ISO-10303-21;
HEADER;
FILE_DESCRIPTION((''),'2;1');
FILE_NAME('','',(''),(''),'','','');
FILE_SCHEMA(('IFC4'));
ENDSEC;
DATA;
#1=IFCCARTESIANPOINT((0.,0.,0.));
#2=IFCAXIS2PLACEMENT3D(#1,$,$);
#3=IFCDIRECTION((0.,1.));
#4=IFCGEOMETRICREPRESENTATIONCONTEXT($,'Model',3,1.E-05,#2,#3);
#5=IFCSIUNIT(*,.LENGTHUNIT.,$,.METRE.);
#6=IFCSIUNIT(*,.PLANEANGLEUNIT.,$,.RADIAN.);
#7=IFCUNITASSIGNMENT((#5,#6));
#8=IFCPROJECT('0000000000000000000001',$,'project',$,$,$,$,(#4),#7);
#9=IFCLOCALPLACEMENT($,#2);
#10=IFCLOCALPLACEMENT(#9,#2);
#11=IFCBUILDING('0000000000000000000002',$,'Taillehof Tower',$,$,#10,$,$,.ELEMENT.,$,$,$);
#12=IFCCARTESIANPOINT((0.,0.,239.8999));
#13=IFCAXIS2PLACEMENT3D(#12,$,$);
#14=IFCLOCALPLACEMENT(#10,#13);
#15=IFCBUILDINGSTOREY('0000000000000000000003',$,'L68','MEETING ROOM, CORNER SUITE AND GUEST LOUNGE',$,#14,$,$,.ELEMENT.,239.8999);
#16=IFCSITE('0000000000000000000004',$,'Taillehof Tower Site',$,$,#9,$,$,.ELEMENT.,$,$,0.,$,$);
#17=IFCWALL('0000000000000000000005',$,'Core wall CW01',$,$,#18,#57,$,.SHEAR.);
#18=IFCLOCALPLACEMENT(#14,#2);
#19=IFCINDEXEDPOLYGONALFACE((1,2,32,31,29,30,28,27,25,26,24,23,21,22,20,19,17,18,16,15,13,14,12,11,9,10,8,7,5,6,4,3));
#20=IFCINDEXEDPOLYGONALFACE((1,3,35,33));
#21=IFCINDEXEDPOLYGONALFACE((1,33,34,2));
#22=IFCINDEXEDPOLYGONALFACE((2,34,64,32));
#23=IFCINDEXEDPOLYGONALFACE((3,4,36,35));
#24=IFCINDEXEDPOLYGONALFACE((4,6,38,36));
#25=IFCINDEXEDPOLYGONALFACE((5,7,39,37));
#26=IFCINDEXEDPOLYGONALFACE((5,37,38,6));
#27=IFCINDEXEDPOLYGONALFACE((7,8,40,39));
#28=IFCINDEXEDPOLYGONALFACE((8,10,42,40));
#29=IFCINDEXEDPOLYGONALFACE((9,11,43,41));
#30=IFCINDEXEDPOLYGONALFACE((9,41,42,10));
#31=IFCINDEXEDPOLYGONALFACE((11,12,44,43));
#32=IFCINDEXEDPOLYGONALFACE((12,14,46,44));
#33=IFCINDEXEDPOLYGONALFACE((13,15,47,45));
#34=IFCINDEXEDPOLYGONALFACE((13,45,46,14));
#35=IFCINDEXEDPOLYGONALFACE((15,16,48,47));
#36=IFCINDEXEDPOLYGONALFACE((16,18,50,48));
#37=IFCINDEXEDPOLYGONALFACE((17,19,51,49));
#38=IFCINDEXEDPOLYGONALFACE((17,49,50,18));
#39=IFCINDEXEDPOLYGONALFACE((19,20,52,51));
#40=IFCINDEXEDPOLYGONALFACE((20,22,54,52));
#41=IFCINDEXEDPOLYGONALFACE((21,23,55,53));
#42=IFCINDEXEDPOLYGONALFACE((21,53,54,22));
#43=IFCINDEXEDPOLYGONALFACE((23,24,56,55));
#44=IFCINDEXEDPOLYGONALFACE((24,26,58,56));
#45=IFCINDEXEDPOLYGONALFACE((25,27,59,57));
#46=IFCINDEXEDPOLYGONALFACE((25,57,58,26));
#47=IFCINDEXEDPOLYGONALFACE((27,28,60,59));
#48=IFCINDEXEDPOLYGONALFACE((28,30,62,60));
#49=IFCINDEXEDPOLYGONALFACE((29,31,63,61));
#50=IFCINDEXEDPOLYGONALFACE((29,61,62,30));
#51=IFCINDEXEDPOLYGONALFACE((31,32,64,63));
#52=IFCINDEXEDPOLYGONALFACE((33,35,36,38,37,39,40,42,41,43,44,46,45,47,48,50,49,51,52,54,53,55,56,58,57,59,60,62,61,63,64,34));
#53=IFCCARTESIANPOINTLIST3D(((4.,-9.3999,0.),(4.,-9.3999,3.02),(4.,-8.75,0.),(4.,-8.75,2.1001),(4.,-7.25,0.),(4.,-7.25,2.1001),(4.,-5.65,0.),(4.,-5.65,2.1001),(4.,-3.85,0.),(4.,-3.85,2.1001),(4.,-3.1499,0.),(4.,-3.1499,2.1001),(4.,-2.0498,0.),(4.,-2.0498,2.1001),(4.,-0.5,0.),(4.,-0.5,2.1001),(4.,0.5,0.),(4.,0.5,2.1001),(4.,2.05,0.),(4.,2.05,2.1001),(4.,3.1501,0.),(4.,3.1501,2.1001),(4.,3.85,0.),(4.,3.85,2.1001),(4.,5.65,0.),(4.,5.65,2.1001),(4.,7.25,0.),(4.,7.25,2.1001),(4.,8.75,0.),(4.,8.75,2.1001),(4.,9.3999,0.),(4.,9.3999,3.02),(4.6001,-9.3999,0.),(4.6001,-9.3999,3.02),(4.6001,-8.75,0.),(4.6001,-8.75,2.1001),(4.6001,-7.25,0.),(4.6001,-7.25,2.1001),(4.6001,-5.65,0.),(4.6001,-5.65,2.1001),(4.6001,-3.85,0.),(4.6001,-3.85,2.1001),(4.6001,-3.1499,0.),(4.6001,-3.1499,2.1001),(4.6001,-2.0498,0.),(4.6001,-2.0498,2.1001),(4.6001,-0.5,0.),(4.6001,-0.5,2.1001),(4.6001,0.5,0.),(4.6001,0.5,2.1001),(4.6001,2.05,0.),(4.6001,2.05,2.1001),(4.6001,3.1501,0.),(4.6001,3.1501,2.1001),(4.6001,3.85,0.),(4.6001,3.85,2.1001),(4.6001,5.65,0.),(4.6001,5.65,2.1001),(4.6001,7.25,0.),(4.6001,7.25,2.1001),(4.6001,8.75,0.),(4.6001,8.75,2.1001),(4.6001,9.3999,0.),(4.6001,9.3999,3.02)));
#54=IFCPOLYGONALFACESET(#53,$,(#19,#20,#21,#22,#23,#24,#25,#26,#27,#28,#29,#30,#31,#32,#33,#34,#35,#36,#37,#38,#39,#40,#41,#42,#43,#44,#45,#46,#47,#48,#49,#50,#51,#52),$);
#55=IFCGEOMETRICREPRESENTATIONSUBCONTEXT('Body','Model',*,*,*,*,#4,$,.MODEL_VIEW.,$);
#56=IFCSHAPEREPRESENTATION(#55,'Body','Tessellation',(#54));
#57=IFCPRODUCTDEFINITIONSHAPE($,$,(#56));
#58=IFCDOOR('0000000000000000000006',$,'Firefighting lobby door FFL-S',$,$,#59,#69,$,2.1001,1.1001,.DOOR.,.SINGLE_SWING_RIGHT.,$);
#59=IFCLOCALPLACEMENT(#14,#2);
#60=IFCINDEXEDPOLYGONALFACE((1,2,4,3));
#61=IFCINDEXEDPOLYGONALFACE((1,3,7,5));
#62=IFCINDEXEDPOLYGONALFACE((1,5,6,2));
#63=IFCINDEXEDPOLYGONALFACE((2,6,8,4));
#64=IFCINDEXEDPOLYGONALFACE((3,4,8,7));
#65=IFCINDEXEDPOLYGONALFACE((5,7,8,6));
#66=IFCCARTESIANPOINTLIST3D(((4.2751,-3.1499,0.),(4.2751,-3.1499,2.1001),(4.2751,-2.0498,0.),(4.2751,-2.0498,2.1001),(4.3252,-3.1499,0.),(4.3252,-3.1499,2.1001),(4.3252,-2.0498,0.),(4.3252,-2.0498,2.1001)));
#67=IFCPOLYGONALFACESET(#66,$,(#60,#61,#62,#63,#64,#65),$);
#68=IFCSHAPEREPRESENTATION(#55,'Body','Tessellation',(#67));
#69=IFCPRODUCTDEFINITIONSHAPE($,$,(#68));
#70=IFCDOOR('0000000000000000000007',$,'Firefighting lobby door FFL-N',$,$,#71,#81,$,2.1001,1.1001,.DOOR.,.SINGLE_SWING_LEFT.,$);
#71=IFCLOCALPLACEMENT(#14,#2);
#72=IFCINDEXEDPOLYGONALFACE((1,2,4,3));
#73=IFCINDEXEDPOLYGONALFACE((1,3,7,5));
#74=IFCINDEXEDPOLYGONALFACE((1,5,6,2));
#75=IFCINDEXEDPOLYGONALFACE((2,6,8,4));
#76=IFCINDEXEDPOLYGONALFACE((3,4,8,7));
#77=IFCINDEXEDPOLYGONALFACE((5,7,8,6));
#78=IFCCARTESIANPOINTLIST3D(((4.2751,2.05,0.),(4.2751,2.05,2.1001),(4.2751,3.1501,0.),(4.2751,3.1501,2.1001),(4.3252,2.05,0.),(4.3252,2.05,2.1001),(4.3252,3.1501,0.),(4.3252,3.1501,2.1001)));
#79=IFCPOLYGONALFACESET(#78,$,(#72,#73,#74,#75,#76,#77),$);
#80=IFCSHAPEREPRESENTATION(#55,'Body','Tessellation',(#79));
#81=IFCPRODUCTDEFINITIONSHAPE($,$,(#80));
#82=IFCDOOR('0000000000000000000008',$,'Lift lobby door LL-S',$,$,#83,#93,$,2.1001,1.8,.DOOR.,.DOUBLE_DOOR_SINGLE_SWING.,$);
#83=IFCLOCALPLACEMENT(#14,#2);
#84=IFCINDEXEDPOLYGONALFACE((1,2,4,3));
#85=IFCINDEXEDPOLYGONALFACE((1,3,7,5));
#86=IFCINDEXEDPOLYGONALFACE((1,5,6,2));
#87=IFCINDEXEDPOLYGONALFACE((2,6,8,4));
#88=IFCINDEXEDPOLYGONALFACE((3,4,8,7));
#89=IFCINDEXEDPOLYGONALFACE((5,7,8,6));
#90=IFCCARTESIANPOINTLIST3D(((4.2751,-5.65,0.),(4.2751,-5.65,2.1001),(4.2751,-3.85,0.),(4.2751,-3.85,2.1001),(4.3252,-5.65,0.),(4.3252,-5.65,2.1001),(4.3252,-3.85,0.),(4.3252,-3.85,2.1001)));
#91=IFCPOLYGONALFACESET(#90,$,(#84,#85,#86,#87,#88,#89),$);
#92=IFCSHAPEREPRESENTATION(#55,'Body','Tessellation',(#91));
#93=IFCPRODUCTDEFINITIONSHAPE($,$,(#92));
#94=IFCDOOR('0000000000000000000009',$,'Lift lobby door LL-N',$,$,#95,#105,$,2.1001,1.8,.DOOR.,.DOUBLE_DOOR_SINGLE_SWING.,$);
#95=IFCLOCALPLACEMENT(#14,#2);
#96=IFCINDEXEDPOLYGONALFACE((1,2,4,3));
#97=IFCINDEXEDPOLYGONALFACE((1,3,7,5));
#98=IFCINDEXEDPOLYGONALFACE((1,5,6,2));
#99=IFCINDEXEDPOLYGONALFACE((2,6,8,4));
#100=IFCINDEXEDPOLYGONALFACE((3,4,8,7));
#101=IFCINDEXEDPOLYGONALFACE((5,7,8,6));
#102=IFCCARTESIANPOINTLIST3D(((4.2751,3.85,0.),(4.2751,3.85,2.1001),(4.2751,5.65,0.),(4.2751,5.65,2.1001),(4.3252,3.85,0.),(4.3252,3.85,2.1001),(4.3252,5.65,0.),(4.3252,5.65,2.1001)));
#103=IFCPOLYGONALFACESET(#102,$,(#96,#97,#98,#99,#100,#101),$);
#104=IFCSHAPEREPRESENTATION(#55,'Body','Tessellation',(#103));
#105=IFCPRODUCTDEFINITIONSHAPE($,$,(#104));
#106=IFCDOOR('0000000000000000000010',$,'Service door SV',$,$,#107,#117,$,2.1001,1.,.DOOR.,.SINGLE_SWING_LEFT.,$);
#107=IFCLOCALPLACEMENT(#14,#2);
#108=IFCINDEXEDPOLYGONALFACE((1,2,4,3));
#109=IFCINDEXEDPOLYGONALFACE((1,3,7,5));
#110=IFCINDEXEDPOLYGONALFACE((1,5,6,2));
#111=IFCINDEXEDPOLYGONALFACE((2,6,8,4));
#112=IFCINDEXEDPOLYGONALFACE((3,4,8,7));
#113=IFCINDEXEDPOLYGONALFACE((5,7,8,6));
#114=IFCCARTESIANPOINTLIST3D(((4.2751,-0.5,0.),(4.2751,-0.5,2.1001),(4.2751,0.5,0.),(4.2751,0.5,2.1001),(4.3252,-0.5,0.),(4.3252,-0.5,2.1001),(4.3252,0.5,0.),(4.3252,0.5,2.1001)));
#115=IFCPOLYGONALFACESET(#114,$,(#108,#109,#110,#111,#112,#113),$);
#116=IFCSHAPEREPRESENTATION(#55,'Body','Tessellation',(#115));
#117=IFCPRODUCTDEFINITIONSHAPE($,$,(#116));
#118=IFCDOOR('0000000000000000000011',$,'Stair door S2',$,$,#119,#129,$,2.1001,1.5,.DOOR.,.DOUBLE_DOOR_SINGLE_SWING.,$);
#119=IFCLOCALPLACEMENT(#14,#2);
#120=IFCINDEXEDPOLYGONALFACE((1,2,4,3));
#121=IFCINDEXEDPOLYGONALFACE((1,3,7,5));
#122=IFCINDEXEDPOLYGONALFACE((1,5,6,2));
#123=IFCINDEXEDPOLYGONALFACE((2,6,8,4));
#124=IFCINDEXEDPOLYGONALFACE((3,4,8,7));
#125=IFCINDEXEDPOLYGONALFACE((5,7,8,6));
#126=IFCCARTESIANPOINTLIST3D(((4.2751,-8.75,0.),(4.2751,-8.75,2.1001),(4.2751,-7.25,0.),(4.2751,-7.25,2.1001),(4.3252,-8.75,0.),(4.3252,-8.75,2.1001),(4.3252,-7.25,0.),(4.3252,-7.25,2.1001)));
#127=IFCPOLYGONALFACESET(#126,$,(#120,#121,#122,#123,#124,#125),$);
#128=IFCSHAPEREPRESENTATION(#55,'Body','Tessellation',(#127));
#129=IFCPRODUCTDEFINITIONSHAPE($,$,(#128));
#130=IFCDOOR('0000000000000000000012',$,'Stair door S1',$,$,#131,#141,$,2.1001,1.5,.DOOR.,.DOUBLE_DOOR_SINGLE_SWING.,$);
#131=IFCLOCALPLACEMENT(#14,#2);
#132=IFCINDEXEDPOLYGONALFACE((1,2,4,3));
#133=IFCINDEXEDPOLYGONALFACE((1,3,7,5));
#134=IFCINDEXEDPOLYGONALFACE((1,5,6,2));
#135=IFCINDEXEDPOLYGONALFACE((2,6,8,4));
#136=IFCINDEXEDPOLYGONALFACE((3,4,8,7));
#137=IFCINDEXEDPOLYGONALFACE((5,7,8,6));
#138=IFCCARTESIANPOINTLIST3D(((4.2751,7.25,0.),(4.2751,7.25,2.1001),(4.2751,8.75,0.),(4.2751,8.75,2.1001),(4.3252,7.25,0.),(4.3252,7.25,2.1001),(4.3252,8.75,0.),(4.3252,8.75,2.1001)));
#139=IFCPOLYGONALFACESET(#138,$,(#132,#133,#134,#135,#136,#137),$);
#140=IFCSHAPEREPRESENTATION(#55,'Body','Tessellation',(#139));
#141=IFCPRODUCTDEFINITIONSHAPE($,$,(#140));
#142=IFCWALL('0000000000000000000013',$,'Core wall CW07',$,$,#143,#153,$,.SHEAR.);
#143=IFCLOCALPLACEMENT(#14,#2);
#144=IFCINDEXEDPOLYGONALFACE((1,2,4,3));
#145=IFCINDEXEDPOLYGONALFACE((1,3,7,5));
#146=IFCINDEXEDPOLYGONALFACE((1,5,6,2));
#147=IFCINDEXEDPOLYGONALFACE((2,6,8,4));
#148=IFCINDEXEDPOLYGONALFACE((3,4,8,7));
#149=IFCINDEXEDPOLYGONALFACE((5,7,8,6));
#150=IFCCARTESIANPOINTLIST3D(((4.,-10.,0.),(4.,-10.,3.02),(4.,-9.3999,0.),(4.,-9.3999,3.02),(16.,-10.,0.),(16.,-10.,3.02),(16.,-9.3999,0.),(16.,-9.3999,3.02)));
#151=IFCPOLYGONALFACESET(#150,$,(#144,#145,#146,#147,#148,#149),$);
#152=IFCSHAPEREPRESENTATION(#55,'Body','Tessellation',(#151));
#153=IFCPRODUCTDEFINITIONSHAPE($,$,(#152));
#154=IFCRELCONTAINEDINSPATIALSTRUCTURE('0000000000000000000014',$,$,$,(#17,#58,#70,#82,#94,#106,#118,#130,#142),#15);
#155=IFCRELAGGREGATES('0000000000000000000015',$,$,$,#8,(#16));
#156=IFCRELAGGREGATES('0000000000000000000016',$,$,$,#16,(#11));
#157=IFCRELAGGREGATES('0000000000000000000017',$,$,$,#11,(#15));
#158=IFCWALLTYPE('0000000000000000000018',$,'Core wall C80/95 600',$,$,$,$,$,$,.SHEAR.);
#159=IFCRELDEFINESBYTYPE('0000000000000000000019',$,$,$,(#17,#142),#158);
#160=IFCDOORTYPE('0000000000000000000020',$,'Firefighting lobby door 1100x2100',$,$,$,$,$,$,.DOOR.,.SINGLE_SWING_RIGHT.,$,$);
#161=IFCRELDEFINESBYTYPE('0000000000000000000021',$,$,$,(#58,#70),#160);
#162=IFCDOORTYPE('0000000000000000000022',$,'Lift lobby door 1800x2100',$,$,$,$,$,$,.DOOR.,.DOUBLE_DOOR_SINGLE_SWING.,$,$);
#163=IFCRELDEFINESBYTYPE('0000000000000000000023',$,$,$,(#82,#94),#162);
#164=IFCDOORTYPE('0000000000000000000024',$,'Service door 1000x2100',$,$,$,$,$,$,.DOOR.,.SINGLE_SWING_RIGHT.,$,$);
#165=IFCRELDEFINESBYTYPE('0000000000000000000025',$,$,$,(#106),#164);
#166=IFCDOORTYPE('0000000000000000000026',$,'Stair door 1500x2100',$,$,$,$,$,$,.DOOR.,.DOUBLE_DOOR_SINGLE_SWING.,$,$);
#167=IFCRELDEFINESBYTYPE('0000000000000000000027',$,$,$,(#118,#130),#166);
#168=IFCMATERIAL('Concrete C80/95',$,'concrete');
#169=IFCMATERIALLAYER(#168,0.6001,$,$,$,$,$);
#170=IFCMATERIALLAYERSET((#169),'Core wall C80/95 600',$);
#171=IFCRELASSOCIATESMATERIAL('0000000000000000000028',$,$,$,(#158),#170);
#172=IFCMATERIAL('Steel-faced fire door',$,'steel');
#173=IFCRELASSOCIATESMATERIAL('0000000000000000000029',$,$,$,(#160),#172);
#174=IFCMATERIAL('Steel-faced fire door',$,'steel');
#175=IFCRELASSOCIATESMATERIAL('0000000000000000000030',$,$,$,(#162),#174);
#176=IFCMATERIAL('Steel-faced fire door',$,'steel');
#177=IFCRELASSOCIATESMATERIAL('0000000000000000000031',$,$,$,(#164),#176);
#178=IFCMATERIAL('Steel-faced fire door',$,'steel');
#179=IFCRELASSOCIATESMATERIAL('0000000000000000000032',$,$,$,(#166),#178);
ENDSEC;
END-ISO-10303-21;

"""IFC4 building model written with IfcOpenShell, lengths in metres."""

from ifc_helpers import new_model, si_unit, direction, frame, frame_2d, origin, place, context, subcontext, project, spatial, rectangle, extrude, material, layer, layer_set, type_object, element, fill, save


model = new_model("IFC4")

# Units and contexts
model_context = context("Model", 3, precision=1e-05, world=origin(), true_north=direction((0.0, 1.0)))
body_context = subcontext(model_context, "Body", "Model", "MODEL_VIEW")
ifc_project = project(units=[si_unit("LENGTHUNIT", "METRE"), si_unit("PLANEANGLEUNIT", "RADIAN")], contexts=[model_context])

# Site, building, storey
site_placement = place(None, origin())
site = spatial("IfcSite", under=ifc_project, at=site_placement, Name="Taillehof Tower Site", CompositionType="ELEMENT", RefElevation=0.0)
building_placement = place(site_placement, origin())
building = spatial("IfcBuilding", under=site, at=building_placement, Name="Taillehof Tower", CompositionType="ELEMENT")
storey_placement = place(building_placement, frame((0.0, 0.0, 239.8999)))
storey = spatial("IfcBuildingStorey", under=building, at=storey_placement, Name="L68", Description="MEETING ROOM, CORNER SUITE AND GUEST LOUNGE", CompositionType="ELEMENT", Elevation=239.8999)

# Wall, openings, doors
ifc_material_1 = material(Name="Concrete C80/95", Category="concrete")
ifc_layer_1 = layer(ifc_material_1, 0.6001)
ifc_layer_set_1 = layer_set([ifc_layer_1], Name="Core wall C80/95 600")
wall_type_1 = type_object("IfcWallType", Name="Core wall C80/95 600", PredefinedType="SHEAR", material=ifc_layer_set_1)
wall_1_placement = place(storey_placement, frame((4.3, -9.3999, 0.0), z_axis=(0.0, 0.0, 1.0), x_axis=(0.0, 1.0, 0.0)))
wall_1 = element("IfcWall", 1, at=wall_1_placement, inside=storey, type_object=wall_type_1, Name="Core wall CW01", PredefinedType="SHEAR", context=body_context, shape_type="SweptSolid", body=[
    extrude(rectangle(XDim=18.7998, YDim=0.6001, at=frame_2d((9.3999, 0.0))), origin(), (0.0, 0.0, 1.0), 3.02),
])
opening_1_placement = place(wall_1_placement, frame((0.6499, 0.0, 0.0)))
opening_1 = element("IfcOpeningElement", 2, at=opening_1_placement, cuts=wall_1, PredefinedType="OPENING", context=body_context, shape_type="SweptSolid", body=[
    extrude(rectangle(XDim=1.5, YDim=2.1001, at=frame_2d((0.75, 1.05))), frame((0.0, 0.3101, 0.0), z_axis=(0.0, -1.0, 0.0), x_axis=(1.0, 0.0, 0.0)), (0.0, 0.0, 1.0), 0.6201),
])
opening_2_placement = place(wall_1_placement, frame((3.75, 0.0, 0.0)))
opening_2 = element("IfcOpeningElement", 3, at=opening_2_placement, cuts=wall_1, PredefinedType="OPENING", context=body_context, shape_type="SweptSolid", body=[
    extrude(rectangle(XDim=1.8, YDim=2.1001, at=frame_2d((0.8999, 1.05))), frame((0.0, 0.3101, 0.0), z_axis=(0.0, -1.0, 0.0), x_axis=(1.0, 0.0, 0.0)), (0.0, 0.0, 1.0), 0.6201),
])
opening_3_placement = place(wall_1_placement, frame((6.25, 0.0, 0.0)))
opening_3 = element("IfcOpeningElement", 4, at=opening_3_placement, cuts=wall_1, PredefinedType="OPENING", context=body_context, shape_type="SweptSolid", body=[
    extrude(rectangle(XDim=1.1001, YDim=2.1001, at=frame_2d((0.55, 1.05))), frame((0.0, 0.3101, 0.0), z_axis=(0.0, -1.0, 0.0), x_axis=(1.0, 0.0, 0.0)), (0.0, 0.0, 1.0), 0.6201),
])
opening_4_placement = place(wall_1_placement, frame((8.8999, 0.0, 0.0)))
opening_4 = element("IfcOpeningElement", 5, at=opening_4_placement, cuts=wall_1, PredefinedType="OPENING", context=body_context, shape_type="SweptSolid", body=[
    extrude(rectangle(XDim=1.0, YDim=2.1001, at=frame_2d((0.5, 1.05))), frame((0.0, 0.3101, 0.0), z_axis=(0.0, -1.0, 0.0), x_axis=(1.0, 0.0, 0.0)), (0.0, 0.0, 1.0), 0.6201),
])
opening_5_placement = place(wall_1_placement, frame((11.45, 0.0, 0.0)))
opening_5 = element("IfcOpeningElement", 6, at=opening_5_placement, cuts=wall_1, PredefinedType="OPENING", context=body_context, shape_type="SweptSolid", body=[
    extrude(rectangle(XDim=1.1001, YDim=2.1001, at=frame_2d((0.55, 1.05))), frame((0.0, 0.3101, 0.0), z_axis=(0.0, -1.0, 0.0), x_axis=(1.0, 0.0, 0.0)), (0.0, 0.0, 1.0), 0.6201),
])
opening_6_placement = place(wall_1_placement, frame((13.25, 0.0, 0.0)))
opening_6 = element("IfcOpeningElement", 7, at=opening_6_placement, cuts=wall_1, PredefinedType="OPENING", context=body_context, shape_type="SweptSolid", body=[
    extrude(rectangle(XDim=1.8, YDim=2.1001, at=frame_2d((0.8999, 1.05))), frame((0.0, 0.3101, 0.0), z_axis=(0.0, -1.0, 0.0), x_axis=(1.0, 0.0, 0.0)), (0.0, 0.0, 1.0), 0.6201),
])
opening_7_placement = place(wall_1_placement, frame((16.6499, 0.0, 0.0)))
opening_7 = element("IfcOpeningElement", 8, at=opening_7_placement, cuts=wall_1, PredefinedType="OPENING", context=body_context, shape_type="SweptSolid", body=[
    extrude(rectangle(XDim=1.5, YDim=2.1001, at=frame_2d((0.75, 1.05))), frame((0.0, 0.3101, 0.0), z_axis=(0.0, -1.0, 0.0), x_axis=(1.0, 0.0, 0.0)), (0.0, 0.0, 1.0), 0.6201),
])
ifc_material_2 = material(Name="Steel-faced fire door", Category="steel")
door_type_1 = type_object("IfcDoorType", Name="Firefighting lobby door 1100x2100", OperationType="SINGLE_SWING_RIGHT", PredefinedType="DOOR", material=ifc_material_2)
door_1_placement = place(opening_3_placement, origin())
door_1 = element("IfcDoor", 9, at=door_1_placement, inside=storey, type_object=door_type_1, Name="Firefighting lobby door FFL-S", OperationType="SINGLE_SWING_RIGHT", OverallHeight=2.1001, OverallWidth=1.1001, PredefinedType="DOOR", context=body_context, shape_type="SweptSolid", body=[
    extrude(rectangle(XDim=1.1001, YDim=2.1001, at=frame_2d((0.55, 1.05))), frame((0.0, 0.0249, 0.0), z_axis=(0.0, -1.0, 0.0), x_axis=(1.0, 0.0, 0.0)), (0.0, 0.0, 1.0), 0.05),
])
fill(opening_3, door_1)
door_2_placement = place(opening_5_placement, origin())
door_2 = element("IfcDoor", 10, at=door_2_placement, inside=storey, type_object=door_type_1, Name="Firefighting lobby door FFL-N", OperationType="SINGLE_SWING_LEFT", OverallHeight=2.1001, OverallWidth=1.1001, PredefinedType="DOOR", context=body_context, shape_type="SweptSolid", body=[
    extrude(rectangle(XDim=1.1001, YDim=2.1001, at=frame_2d((0.55, 1.05))), frame((0.0, 0.0249, 0.0), z_axis=(0.0, -1.0, 0.0), x_axis=(1.0, 0.0, 0.0)), (0.0, 0.0, 1.0), 0.05),
])
fill(opening_5, door_2)
ifc_material_3 = material(Name="Steel-faced fire door", Category="steel")
door_type_2 = type_object("IfcDoorType", Name="Lift lobby door 1800x2100", OperationType="DOUBLE_DOOR_SINGLE_SWING", PredefinedType="DOOR", material=ifc_material_3)
door_3_placement = place(opening_2_placement, origin())
door_3 = element("IfcDoor", 11, at=door_3_placement, inside=storey, type_object=door_type_2, Name="Lift lobby door LL-S", OperationType="DOUBLE_DOOR_SINGLE_SWING", OverallHeight=2.1001, OverallWidth=1.8, PredefinedType="DOOR", context=body_context, shape_type="SweptSolid", body=[
    extrude(rectangle(XDim=1.8, YDim=2.1001, at=frame_2d((0.8999, 1.05))), frame((0.0, 0.0249, 0.0), z_axis=(0.0, -1.0, 0.0), x_axis=(1.0, 0.0, 0.0)), (0.0, 0.0, 1.0), 0.05),
])
fill(opening_2, door_3)
door_4_placement = place(opening_6_placement, origin())
door_4 = element("IfcDoor", 12, at=door_4_placement, inside=storey, type_object=door_type_2, Name="Lift lobby door LL-N", OperationType="DOUBLE_DOOR_SINGLE_SWING", OverallHeight=2.1001, OverallWidth=1.8, PredefinedType="DOOR", context=body_context, shape_type="SweptSolid", body=[
    extrude(rectangle(XDim=1.8, YDim=2.1001, at=frame_2d((0.8999, 1.05))), frame((0.0, 0.0249, 0.0), z_axis=(0.0, -1.0, 0.0), x_axis=(1.0, 0.0, 0.0)), (0.0, 0.0, 1.0), 0.05),
])
fill(opening_6, door_4)
ifc_material_4 = material(Name="Steel-faced fire door", Category="steel")
door_type_3 = type_object("IfcDoorType", Name="Service door 1000x2100", OperationType="SINGLE_SWING_RIGHT", PredefinedType="DOOR", material=ifc_material_4)
door_5_placement = place(opening_4_placement, origin())
door_5 = element("IfcDoor", 13, at=door_5_placement, inside=storey, type_object=door_type_3, Name="Service door SV", OperationType="SINGLE_SWING_LEFT", OverallHeight=2.1001, OverallWidth=1.0, PredefinedType="DOOR", context=body_context, shape_type="SweptSolid", body=[
    extrude(rectangle(XDim=1.0, YDim=2.1001, at=frame_2d((0.5, 1.05))), frame((0.0, 0.0249, 0.0), z_axis=(0.0, -1.0, 0.0), x_axis=(1.0, 0.0, 0.0)), (0.0, 0.0, 1.0), 0.05),
])
fill(opening_4, door_5)
ifc_material_5 = material(Name="Steel-faced fire door", Category="steel")
door_type_4 = type_object("IfcDoorType", Name="Stair door 1500x2100", OperationType="DOUBLE_DOOR_SINGLE_SWING", PredefinedType="DOOR", material=ifc_material_5)
door_6_placement = place(opening_1_placement, origin())
door_6 = element("IfcDoor", 14, at=door_6_placement, inside=storey, type_object=door_type_4, Name="Stair door S2", OperationType="DOUBLE_DOOR_SINGLE_SWING", OverallHeight=2.1001, OverallWidth=1.5, PredefinedType="DOOR", context=body_context, shape_type="SweptSolid", body=[
    extrude(rectangle(XDim=1.5, YDim=2.1001, at=frame_2d((0.75, 1.05))), frame((0.0, 0.0249, 0.0), z_axis=(0.0, -1.0, 0.0), x_axis=(1.0, 0.0, 0.0)), (0.0, 0.0, 1.0), 0.05),
])
fill(opening_1, door_6)
door_7_placement = place(opening_7_placement, origin())
door_7 = element("IfcDoor", 15, at=door_7_placement, inside=storey, type_object=door_type_4, Name="Stair door S1", OperationType="DOUBLE_DOOR_SINGLE_SWING", OverallHeight=2.1001, OverallWidth=1.5, PredefinedType="DOOR", context=body_context, shape_type="SweptSolid", body=[
    extrude(rectangle(XDim=1.5, YDim=2.1001, at=frame_2d((0.75, 1.05))), frame((0.0, 0.0249, 0.0), z_axis=(0.0, -1.0, 0.0), x_axis=(1.0, 0.0, 0.0)), (0.0, 0.0, 1.0), 0.05),
])
fill(opening_7, door_7)

# Wall
wall_2_placement = place(storey_placement, frame((4.0, -9.7, 0.0), z_axis=(0.0, 0.0, 1.0), x_axis=(1.0, 0.0, 0.0)))
element("IfcWall", 16, at=wall_2_placement, inside=storey, type_object=wall_type_1, Name="Core wall CW07", PredefinedType="SHEAR", context=body_context, shape_type="SweptSolid", body=[
    extrude(rectangle(XDim=12.0, YDim=0.6001, at=frame_2d((6.0, 0.0))), origin(), (0.0, 0.0, 1.0), 3.02),
])

save(model, "model.ifc")
